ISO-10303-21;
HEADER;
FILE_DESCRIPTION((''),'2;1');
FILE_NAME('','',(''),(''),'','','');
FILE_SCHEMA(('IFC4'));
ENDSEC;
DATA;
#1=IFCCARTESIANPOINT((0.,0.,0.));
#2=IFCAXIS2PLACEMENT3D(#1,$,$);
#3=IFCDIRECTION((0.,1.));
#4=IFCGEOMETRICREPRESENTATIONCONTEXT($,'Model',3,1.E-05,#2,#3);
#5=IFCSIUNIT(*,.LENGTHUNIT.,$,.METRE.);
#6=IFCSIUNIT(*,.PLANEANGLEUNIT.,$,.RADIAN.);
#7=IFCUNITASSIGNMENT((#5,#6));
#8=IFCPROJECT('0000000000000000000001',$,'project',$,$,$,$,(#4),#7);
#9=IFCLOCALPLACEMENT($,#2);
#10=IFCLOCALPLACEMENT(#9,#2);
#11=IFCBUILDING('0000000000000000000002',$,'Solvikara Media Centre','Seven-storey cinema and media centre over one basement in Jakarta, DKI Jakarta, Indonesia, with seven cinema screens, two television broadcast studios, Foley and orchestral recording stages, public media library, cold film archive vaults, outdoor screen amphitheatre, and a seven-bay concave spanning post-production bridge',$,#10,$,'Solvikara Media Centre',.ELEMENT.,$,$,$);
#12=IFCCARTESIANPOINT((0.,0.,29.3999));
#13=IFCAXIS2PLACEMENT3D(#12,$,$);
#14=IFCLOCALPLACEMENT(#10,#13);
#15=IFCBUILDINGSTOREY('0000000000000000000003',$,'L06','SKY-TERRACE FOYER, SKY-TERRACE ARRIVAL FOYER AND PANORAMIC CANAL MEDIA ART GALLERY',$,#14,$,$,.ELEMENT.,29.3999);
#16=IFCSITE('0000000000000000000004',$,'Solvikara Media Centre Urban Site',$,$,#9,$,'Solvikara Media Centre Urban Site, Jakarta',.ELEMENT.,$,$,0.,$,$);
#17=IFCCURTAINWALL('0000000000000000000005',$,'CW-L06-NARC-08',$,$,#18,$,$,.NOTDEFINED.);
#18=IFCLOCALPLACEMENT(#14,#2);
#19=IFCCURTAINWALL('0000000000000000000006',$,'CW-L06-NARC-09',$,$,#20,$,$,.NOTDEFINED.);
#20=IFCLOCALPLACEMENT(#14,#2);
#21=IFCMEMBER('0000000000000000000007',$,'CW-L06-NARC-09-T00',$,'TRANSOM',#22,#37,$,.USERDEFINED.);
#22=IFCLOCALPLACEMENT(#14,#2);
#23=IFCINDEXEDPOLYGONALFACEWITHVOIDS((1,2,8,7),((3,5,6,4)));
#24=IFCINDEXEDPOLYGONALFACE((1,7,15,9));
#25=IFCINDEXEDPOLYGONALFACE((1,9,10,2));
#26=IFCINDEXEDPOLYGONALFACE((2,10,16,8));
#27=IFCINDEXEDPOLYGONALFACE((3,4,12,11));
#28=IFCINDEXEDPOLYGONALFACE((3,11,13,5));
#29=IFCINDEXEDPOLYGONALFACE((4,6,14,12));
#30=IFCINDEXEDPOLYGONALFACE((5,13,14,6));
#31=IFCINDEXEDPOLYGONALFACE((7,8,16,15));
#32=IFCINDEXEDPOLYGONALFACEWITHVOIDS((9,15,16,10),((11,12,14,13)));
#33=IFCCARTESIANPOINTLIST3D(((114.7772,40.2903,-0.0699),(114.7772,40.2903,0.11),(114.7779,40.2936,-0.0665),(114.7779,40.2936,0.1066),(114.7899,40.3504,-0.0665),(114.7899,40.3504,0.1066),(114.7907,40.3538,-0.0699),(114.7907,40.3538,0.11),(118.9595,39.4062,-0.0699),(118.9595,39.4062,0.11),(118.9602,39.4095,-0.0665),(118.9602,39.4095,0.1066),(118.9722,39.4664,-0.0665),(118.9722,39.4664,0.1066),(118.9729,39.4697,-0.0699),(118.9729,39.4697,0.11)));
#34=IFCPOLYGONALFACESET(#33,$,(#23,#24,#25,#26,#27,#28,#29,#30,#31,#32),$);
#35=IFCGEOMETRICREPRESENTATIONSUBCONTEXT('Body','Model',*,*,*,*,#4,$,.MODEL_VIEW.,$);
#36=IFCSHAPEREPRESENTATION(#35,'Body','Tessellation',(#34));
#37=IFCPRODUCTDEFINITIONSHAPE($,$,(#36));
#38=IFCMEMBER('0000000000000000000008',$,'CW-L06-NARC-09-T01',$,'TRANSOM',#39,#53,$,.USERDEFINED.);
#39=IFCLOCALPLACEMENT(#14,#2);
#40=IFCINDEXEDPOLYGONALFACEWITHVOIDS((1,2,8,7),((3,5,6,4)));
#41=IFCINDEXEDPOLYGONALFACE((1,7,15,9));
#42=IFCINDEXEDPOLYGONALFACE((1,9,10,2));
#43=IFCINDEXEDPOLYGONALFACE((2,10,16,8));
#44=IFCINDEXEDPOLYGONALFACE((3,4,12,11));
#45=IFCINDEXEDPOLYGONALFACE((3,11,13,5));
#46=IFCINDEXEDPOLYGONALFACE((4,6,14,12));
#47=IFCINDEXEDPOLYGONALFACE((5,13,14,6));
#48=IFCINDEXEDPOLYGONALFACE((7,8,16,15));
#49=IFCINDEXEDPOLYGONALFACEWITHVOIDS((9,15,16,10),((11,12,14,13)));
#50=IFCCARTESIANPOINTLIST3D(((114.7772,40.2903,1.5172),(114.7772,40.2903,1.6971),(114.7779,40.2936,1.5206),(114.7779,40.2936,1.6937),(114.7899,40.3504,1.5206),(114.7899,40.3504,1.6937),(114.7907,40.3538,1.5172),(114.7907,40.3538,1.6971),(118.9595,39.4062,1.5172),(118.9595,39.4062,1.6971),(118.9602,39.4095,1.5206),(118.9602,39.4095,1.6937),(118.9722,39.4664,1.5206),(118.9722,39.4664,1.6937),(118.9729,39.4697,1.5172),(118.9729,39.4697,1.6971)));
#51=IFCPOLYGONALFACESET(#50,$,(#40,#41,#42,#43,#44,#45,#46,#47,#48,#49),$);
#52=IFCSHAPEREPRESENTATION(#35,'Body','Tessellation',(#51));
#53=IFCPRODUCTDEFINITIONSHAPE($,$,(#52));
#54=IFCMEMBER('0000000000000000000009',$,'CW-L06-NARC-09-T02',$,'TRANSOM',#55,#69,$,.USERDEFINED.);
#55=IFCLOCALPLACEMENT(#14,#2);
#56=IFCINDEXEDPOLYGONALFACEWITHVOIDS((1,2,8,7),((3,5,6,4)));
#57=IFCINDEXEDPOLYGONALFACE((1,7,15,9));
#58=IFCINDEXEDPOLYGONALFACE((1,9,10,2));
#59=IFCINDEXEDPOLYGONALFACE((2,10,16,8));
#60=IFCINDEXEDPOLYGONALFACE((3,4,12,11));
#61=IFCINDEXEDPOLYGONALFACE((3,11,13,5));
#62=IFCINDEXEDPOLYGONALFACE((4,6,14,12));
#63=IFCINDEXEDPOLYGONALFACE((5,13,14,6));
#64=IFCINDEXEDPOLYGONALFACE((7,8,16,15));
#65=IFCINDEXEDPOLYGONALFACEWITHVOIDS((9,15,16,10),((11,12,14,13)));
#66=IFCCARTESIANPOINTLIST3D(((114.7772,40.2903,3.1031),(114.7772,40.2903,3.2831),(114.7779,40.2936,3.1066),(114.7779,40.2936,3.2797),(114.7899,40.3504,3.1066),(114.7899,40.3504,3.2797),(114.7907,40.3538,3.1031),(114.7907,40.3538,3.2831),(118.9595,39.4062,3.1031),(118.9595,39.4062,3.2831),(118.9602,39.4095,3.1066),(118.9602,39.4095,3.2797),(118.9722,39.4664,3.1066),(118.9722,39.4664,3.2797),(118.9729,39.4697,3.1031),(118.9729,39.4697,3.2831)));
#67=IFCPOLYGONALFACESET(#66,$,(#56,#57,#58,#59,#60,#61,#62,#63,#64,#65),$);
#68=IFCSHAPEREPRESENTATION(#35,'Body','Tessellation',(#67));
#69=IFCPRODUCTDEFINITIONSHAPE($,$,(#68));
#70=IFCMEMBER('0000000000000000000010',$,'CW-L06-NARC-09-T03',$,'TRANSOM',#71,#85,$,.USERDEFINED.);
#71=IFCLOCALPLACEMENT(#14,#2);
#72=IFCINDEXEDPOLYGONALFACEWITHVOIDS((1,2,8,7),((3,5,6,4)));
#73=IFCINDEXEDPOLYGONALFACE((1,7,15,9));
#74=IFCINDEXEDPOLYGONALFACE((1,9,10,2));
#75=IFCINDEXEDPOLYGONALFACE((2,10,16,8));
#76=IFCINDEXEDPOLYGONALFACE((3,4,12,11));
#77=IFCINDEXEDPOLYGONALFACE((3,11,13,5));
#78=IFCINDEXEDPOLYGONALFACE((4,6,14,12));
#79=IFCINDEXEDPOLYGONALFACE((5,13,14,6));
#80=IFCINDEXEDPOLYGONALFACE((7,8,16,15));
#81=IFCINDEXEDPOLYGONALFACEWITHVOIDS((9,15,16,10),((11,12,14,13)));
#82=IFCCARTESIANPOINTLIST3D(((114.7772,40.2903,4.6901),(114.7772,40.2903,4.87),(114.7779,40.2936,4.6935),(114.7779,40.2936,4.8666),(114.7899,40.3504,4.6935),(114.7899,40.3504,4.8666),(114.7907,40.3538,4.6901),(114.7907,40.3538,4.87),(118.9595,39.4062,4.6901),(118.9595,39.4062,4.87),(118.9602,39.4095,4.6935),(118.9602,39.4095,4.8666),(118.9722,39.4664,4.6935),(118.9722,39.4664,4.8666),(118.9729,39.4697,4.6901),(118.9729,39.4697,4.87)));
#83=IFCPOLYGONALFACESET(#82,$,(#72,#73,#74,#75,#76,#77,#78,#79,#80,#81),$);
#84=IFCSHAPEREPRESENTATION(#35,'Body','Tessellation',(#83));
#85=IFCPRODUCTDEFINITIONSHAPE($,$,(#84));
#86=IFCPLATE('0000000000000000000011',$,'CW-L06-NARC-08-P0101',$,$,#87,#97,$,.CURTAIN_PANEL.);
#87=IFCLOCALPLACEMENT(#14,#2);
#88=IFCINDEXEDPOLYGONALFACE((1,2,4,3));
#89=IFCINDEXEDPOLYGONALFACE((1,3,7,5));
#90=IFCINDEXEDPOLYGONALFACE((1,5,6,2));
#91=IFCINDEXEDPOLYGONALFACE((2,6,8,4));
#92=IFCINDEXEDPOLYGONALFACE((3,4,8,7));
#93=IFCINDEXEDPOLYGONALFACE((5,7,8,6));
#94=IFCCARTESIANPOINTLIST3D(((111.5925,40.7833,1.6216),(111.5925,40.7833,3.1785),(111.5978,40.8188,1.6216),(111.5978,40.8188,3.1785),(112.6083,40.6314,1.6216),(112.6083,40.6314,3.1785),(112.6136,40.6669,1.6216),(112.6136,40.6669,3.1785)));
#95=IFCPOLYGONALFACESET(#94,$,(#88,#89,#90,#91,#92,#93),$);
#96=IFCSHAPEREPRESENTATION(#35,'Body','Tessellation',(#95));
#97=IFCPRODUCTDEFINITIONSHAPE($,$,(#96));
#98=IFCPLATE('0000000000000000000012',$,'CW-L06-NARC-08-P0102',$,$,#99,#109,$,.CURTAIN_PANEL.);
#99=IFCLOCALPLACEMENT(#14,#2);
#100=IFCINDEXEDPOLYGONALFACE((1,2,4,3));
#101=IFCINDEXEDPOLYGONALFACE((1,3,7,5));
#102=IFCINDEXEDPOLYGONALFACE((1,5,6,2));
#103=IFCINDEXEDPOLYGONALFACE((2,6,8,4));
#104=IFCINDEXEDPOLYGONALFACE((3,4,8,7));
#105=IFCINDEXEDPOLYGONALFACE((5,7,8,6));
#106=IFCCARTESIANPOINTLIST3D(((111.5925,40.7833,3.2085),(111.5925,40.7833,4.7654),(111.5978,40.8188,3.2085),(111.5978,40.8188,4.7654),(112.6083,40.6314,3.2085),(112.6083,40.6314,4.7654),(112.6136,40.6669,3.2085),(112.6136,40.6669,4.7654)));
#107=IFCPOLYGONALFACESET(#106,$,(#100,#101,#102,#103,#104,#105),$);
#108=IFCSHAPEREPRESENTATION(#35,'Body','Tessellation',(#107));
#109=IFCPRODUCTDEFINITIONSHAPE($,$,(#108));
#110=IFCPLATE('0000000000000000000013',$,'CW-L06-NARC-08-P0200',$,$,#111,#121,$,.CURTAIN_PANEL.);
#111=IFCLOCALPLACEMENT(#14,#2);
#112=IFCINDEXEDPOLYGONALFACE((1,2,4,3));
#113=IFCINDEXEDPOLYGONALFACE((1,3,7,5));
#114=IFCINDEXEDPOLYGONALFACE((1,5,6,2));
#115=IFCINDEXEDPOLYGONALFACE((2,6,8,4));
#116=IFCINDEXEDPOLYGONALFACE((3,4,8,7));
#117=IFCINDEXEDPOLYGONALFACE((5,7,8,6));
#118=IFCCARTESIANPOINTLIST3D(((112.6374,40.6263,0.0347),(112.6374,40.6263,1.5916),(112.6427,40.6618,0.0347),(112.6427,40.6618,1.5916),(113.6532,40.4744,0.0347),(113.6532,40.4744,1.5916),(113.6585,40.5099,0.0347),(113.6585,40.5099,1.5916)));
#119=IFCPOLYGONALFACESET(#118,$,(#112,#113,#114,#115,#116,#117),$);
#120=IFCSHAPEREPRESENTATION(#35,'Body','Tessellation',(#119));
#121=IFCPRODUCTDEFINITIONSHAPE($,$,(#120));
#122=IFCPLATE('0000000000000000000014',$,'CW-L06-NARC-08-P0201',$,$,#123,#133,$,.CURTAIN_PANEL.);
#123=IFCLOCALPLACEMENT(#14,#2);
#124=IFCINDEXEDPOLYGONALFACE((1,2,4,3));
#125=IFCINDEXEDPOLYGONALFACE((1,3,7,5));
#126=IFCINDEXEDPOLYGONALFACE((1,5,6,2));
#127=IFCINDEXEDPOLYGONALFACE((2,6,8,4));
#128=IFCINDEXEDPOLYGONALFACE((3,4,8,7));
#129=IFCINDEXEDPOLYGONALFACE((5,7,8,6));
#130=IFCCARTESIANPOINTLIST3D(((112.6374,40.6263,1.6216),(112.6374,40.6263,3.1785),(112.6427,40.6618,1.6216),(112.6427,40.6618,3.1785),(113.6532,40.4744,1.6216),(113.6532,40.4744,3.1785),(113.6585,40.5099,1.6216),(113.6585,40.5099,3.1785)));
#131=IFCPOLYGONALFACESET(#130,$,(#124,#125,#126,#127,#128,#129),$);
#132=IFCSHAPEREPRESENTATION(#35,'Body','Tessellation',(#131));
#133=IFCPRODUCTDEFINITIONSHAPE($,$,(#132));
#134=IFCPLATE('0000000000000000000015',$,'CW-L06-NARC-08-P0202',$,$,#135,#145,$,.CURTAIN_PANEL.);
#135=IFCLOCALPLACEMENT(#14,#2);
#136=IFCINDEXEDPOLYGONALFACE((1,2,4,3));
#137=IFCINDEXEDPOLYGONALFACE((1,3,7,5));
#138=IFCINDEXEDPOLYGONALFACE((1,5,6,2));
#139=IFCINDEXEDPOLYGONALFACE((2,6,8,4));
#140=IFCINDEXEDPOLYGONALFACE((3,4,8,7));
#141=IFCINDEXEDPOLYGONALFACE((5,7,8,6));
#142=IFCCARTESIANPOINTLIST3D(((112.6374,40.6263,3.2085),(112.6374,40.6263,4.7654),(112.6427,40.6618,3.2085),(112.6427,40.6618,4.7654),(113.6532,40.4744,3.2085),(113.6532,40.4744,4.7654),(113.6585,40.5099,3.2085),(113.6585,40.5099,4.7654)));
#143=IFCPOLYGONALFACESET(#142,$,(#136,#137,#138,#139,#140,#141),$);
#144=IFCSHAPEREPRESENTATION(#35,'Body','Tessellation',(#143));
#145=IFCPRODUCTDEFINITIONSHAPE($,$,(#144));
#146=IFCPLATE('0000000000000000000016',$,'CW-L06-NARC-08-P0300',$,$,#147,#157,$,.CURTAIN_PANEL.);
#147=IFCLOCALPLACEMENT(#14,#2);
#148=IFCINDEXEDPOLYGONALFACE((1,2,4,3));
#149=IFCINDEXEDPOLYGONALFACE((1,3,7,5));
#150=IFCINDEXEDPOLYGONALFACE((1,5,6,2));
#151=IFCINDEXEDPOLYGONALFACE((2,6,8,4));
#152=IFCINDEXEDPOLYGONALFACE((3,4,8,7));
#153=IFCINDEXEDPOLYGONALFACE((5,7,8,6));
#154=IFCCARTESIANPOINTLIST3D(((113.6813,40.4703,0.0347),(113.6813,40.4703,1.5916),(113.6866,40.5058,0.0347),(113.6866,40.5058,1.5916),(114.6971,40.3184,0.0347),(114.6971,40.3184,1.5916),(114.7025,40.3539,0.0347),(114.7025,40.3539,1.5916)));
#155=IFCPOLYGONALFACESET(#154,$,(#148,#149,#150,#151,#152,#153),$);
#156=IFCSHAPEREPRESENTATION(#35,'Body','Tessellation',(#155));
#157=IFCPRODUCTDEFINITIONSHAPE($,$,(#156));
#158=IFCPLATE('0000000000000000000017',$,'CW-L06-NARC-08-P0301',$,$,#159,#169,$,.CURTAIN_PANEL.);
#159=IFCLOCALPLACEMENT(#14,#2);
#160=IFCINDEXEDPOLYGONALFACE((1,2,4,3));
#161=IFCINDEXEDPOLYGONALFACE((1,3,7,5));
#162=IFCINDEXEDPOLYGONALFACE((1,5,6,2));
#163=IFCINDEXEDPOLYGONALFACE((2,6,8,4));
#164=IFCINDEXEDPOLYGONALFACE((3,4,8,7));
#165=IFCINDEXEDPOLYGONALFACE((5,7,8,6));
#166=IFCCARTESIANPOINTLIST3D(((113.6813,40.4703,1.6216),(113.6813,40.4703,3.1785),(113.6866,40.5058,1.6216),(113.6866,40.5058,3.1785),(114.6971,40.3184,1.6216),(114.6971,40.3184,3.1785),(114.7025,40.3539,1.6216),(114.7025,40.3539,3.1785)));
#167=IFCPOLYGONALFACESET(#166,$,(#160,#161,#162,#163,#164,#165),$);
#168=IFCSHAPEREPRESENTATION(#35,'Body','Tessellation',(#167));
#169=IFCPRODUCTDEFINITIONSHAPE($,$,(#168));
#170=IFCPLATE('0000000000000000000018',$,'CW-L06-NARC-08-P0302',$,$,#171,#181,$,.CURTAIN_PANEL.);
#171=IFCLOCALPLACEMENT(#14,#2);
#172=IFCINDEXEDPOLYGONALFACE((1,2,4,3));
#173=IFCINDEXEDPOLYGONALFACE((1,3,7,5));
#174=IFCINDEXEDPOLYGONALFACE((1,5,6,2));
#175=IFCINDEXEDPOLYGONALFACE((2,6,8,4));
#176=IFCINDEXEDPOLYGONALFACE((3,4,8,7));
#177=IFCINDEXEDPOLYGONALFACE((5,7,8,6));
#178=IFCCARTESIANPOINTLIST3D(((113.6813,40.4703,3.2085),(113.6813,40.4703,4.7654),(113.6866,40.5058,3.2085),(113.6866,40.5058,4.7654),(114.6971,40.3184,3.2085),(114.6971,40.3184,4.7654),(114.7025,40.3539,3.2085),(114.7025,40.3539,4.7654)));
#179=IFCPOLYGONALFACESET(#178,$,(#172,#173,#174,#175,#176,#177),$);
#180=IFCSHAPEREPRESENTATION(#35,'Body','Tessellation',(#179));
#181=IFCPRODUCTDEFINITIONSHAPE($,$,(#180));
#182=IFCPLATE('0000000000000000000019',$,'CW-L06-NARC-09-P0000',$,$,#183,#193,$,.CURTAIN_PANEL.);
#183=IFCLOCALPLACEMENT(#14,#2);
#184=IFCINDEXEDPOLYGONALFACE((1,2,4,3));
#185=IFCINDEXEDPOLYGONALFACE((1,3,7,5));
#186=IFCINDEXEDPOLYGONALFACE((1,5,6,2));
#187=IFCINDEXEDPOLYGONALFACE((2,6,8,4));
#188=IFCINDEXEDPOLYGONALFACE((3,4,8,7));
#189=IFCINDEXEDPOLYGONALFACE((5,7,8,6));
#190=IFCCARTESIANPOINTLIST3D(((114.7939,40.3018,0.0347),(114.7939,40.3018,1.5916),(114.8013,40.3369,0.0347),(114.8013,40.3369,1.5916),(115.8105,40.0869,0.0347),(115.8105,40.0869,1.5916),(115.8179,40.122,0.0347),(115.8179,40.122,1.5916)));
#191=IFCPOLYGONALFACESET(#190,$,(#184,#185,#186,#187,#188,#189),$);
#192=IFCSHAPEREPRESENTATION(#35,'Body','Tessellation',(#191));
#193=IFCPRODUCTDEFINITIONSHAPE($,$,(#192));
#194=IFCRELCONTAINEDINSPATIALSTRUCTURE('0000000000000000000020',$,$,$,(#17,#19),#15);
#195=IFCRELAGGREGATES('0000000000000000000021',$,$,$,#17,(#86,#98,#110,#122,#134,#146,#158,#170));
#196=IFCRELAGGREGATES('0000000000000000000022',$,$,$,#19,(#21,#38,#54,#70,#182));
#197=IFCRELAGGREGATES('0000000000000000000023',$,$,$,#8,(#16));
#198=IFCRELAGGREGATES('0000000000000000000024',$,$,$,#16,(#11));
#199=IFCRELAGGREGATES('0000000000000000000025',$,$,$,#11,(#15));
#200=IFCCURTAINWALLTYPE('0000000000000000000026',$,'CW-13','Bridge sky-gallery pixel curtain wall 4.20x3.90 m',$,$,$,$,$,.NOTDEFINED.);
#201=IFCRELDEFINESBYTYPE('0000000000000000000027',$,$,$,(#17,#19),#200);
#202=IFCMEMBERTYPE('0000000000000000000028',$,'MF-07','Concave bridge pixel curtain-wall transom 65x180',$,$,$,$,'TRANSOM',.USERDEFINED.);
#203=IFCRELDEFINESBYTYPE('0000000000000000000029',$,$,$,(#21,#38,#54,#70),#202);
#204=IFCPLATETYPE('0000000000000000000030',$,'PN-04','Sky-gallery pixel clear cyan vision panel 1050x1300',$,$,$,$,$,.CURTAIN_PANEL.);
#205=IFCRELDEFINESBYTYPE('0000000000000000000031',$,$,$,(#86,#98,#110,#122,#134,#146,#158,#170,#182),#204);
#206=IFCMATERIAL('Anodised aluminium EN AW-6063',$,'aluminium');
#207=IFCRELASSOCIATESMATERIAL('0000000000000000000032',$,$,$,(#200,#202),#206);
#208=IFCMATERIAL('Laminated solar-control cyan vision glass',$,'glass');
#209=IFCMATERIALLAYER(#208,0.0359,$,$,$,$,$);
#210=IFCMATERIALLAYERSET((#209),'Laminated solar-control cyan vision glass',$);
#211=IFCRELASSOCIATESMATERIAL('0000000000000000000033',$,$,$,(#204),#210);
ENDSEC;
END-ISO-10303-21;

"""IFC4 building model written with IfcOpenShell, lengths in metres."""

from ifc_helpers import new_model, si_unit, direction, frame, origin, origin_2d, place, context, subcontext, project, spatial, rectangle, hollow_rectangle, extrude, material, layer, layer_set, material_profile, profile_set, type_object, element, aggregate, save


model = new_model("IFC4")

# Units and contexts
model_context = context("Model", 3, precision=1e-05, world=origin(), true_north=direction((0.0, 1.0)))
body_context = subcontext(model_context, "Body", "Model", "MODEL_VIEW")
ifc_project = project(units=[si_unit("LENGTHUNIT", "METRE"), si_unit("PLANEANGLEUNIT", "RADIAN")], contexts=[model_context])

# Site, building, storey
site_placement = place(None, origin())
site = spatial("IfcSite", under=ifc_project, at=site_placement, Name="Solvikara Media Centre Urban Site", LongName="Solvikara Media Centre Urban Site, Jakarta", CompositionType="ELEMENT", RefElevation=0.0)
building_placement = place(site_placement, origin())
building = spatial("IfcBuilding", under=site, at=building_placement, Name="Solvikara Media Centre", Description="Seven-storey cinema and media centre over one basement in Jakarta, DKI Jakarta, Indonesia, with seven cinema screens, two television broadcast studios, Foley and orchestral recording stages, public media library, cold film archive vaults, outdoor screen amphitheatre, and a seven-bay concave spanning post-production bridge", LongName="Solvikara Media Centre", CompositionType="ELEMENT")
storey_placement = place(building_placement, frame((0.0, 0.0, 29.3999)))
storey = spatial("IfcBuildingStorey", under=building, at=storey_placement, Name="L06", Description="SKY-TERRACE FOYER, SKY-TERRACE ARRIVAL FOYER AND PANORAMIC CANAL MEDIA ART GALLERY", CompositionType="ELEMENT", Elevation=29.3999)

# Curtain walls, members
ifc_material_1 = material(Name="Anodised aluminium EN AW-6063", Category="aluminium")
curtain_wall_type = type_object("IfcCurtainWallType", Name="CW-13", Description="Bridge sky-gallery pixel curtain wall 4.20x3.90 m", PredefinedType="NOTDEFINED", material=ifc_material_1)
curtain_wall_1_placement = place(storey_placement, origin())
curtain_wall_1 = element("IfcCurtainWall", 1, at=curtain_wall_1_placement, inside=storey, type_object=curtain_wall_type, Name="CW-L06-NARC-08", PredefinedType="NOTDEFINED")
curtain_wall_2_placement = place(storey_placement, origin())
curtain_wall_2 = element("IfcCurtainWall", 2, at=curtain_wall_2_placement, inside=storey, type_object=curtain_wall_type, Name="CW-L06-NARC-09", PredefinedType="NOTDEFINED")
ifc_material_profile_1 = material_profile(ifc_material_1, hollow_rectangle(XDim=0.0649, YDim=0.1799, WallThickness=0.0034, at=origin_2d()), Name="ALU-T 65x180x3.5")
ifc_profile_set_1 = profile_set([ifc_material_profile_1], Name="Anodised aluminium EN AW-6063")
member_type_1 = type_object("IfcMemberType", Name="MF-07", Description="Concave bridge pixel curtain-wall transom 65x180", ElementType="TRANSOM", PredefinedType="USERDEFINED", material=ifc_profile_set_1)
member_1_placement = place(storey_placement, frame((114.7839, 40.322, 0.02), z_axis=(0.97838, -0.206814, 0.0), x_axis=(0.206814, 0.97838, 0.0)))
member_1 = element("IfcMember", 3, at=member_1_placement, type_object=member_type_1, Name="CW-L06-NARC-09-T00", ObjectType="TRANSOM", PredefinedType="USERDEFINED", context=body_context, shape_type="SweptSolid", body=[
    extrude(hollow_rectangle(XDim=0.0649, YDim=0.1799, WallThickness=0.0034, at=origin_2d()), origin(), (0.0, 0.0, 1.0), 4.2747),
])
member_2_placement = place(storey_placement, frame((114.7839, 40.322, 1.6072), z_axis=(0.97838, -0.206814, 0.0), x_axis=(0.206814, 0.97838, 0.0)))
member_2 = element("IfcMember", 4, at=member_2_placement, type_object=member_type_1, Name="CW-L06-NARC-09-T01", ObjectType="TRANSOM", PredefinedType="USERDEFINED", context=body_context, shape_type="SweptSolid", body=[
    extrude(hollow_rectangle(XDim=0.0649, YDim=0.1799, WallThickness=0.0034, at=origin_2d()), origin(), (0.0, 0.0, 1.0), 4.2747),
])
member_3_placement = place(storey_placement, frame((114.7839, 40.322, 3.1931), z_axis=(0.97838, -0.206814, 0.0), x_axis=(0.206814, 0.97838, 0.0)))
member_3 = element("IfcMember", 5, at=member_3_placement, type_object=member_type_1, Name="CW-L06-NARC-09-T02", ObjectType="TRANSOM", PredefinedType="USERDEFINED", context=body_context, shape_type="SweptSolid", body=[
    extrude(hollow_rectangle(XDim=0.0649, YDim=0.1799, WallThickness=0.0034, at=origin_2d()), origin(), (0.0, 0.0, 1.0), 4.2747),
])
member_4_placement = place(storey_placement, frame((114.7839, 40.322, 4.78), z_axis=(0.97838, -0.206814, 0.0), x_axis=(0.206814, 0.97838, 0.0)))
member_4 = element("IfcMember", 6, at=member_4_placement, type_object=member_type_1, Name="CW-L06-NARC-09-T03", ObjectType="TRANSOM", PredefinedType="USERDEFINED", context=body_context, shape_type="SweptSolid", body=[
    extrude(hollow_rectangle(XDim=0.0649, YDim=0.1799, WallThickness=0.0034, at=origin_2d()), origin(), (0.0, 0.0, 1.0), 4.2747),
])

# Plates
ifc_material_2 = material(Name="Laminated solar-control cyan vision glass", Category="glass")
ifc_layer_1 = layer(ifc_material_2, 0.0359)
ifc_layer_set_1 = layer_set([ifc_layer_1], Name="Laminated solar-control cyan vision glass")
plate_type_1 = type_object("IfcPlateType", Name="PN-04", Description="Sky-gallery pixel clear cyan vision panel 1050x1300", PredefinedType="CURTAIN_PANEL", material=ifc_layer_set_1)
plate_1_placement = place(storey_placement, frame((112.103, 40.7251, 1.6216), z_axis=(0.0, 0.0, 1.0), x_axis=(0.989006, -0.147878, 0.0)))
plate_1 = element("IfcPlate", 7, at=plate_1_placement, type_object=plate_type_1, Name="CW-L06-NARC-08-P0101", PredefinedType="CURTAIN_PANEL", context=body_context, shape_type="SweptSolid", body=[
    extrude(rectangle(XDim=1.0271, YDim=0.0359, at=origin_2d()), origin(), (0.0, 0.0, 1.0), 1.5569),
])
plate_2_placement = place(storey_placement, frame((112.103, 40.7251, 3.2085), z_axis=(0.0, 0.0, 1.0), x_axis=(0.989006, -0.147878, 0.0)))
plate_2 = element("IfcPlate", 8, at=plate_2_placement, type_object=plate_type_1, Name="CW-L06-NARC-08-P0102", PredefinedType="CURTAIN_PANEL", context=body_context, shape_type="SweptSolid", body=[
    extrude(rectangle(XDim=1.0271, YDim=0.0359, at=origin_2d()), origin(), (0.0, 0.0, 1.0), 1.5569),
])
plate_3_placement = place(storey_placement, frame((113.1479, 40.5681, 0.0347), z_axis=(0.0, 0.0, 1.0), x_axis=(0.989006, -0.147878, 0.0)))
plate_3 = element("IfcPlate", 9, at=plate_3_placement, type_object=plate_type_1, Name="CW-L06-NARC-08-P0200", PredefinedType="CURTAIN_PANEL", context=body_context, shape_type="SweptSolid", body=[
    extrude(rectangle(XDim=1.0271, YDim=0.0359, at=origin_2d()), origin(), (0.0, 0.0, 1.0), 1.5569),
])
plate_4_placement = place(storey_placement, frame((113.1479, 40.5681, 1.6216), z_axis=(0.0, 0.0, 1.0), x_axis=(0.989006, -0.147878, 0.0)))
plate_4 = element("IfcPlate", 10, at=plate_4_placement, type_object=plate_type_1, Name="CW-L06-NARC-08-P0201", PredefinedType="CURTAIN_PANEL", context=body_context, shape_type="SweptSolid", body=[
    extrude(rectangle(XDim=1.0271, YDim=0.0359, at=origin_2d()), origin(), (0.0, 0.0, 1.0), 1.5569),
])
plate_5_placement = place(storey_placement, frame((113.1479, 40.5681, 3.2085), z_axis=(0.0, 0.0, 1.0), x_axis=(0.989006, -0.147878, 0.0)))
plate_5 = element("IfcPlate", 11, at=plate_5_placement, type_object=plate_type_1, Name="CW-L06-NARC-08-P0202", PredefinedType="CURTAIN_PANEL", context=body_context, shape_type="SweptSolid", body=[
    extrude(rectangle(XDim=1.0271, YDim=0.0359, at=origin_2d()), origin(), (0.0, 0.0, 1.0), 1.5569),
])
plate_6_placement = place(storey_placement, frame((114.1919, 40.4121, 0.0347), z_axis=(0.0, 0.0, 1.0), x_axis=(0.989006, -0.147878, 0.0)))
plate_6 = element("IfcPlate", 12, at=plate_6_placement, type_object=plate_type_1, Name="CW-L06-NARC-08-P0300", PredefinedType="CURTAIN_PANEL", context=body_context, shape_type="SweptSolid", body=[
    extrude(rectangle(XDim=1.0271, YDim=0.0359, at=origin_2d()), origin(), (0.0, 0.0, 1.0), 1.5569),
])
plate_7_placement = place(storey_placement, frame((114.1919, 40.4121, 1.6216), z_axis=(0.0, 0.0, 1.0), x_axis=(0.989006, -0.147878, 0.0)))
plate_7 = element("IfcPlate", 13, at=plate_7_placement, type_object=plate_type_1, Name="CW-L06-NARC-08-P0301", PredefinedType="CURTAIN_PANEL", context=body_context, shape_type="SweptSolid", body=[
    extrude(rectangle(XDim=1.0271, YDim=0.0359, at=origin_2d()), origin(), (0.0, 0.0, 1.0), 1.5569),
])
plate_8_placement = place(storey_placement, frame((114.1919, 40.4121, 3.2085), z_axis=(0.0, 0.0, 1.0), x_axis=(0.989006, -0.147878, 0.0)))
plate_8 = element("IfcPlate", 14, at=plate_8_placement, type_object=plate_type_1, Name="CW-L06-NARC-08-P0302", PredefinedType="CURTAIN_PANEL", context=body_context, shape_type="SweptSolid", body=[
    extrude(rectangle(XDim=1.0271, YDim=0.0359, at=origin_2d()), origin(), (0.0, 0.0, 1.0), 1.5569),
])
aggregate(curtain_wall_1, [plate_1, plate_2, plate_3, plate_4, plate_5, plate_6, plate_7, plate_8])
plate_9_placement = place(storey_placement, frame((115.3059, 40.2119, 0.0347), z_axis=(0.0, 0.0, 1.0), x_axis=(0.978379, -0.206819, 0.0)))
plate_9 = element("IfcPlate", 15, at=plate_9_placement, type_object=plate_type_1, Name="CW-L06-NARC-09-P0000", PredefinedType="CURTAIN_PANEL", context=body_context, shape_type="SweptSolid", body=[
    extrude(rectangle(XDim=1.0391, YDim=0.0359, at=origin_2d()), origin(), (0.0, 0.0, 1.0), 1.5569),
])
aggregate(curtain_wall_2, [member_1, member_2, member_3, member_4, plate_9])

save(model, "model.ifc")
